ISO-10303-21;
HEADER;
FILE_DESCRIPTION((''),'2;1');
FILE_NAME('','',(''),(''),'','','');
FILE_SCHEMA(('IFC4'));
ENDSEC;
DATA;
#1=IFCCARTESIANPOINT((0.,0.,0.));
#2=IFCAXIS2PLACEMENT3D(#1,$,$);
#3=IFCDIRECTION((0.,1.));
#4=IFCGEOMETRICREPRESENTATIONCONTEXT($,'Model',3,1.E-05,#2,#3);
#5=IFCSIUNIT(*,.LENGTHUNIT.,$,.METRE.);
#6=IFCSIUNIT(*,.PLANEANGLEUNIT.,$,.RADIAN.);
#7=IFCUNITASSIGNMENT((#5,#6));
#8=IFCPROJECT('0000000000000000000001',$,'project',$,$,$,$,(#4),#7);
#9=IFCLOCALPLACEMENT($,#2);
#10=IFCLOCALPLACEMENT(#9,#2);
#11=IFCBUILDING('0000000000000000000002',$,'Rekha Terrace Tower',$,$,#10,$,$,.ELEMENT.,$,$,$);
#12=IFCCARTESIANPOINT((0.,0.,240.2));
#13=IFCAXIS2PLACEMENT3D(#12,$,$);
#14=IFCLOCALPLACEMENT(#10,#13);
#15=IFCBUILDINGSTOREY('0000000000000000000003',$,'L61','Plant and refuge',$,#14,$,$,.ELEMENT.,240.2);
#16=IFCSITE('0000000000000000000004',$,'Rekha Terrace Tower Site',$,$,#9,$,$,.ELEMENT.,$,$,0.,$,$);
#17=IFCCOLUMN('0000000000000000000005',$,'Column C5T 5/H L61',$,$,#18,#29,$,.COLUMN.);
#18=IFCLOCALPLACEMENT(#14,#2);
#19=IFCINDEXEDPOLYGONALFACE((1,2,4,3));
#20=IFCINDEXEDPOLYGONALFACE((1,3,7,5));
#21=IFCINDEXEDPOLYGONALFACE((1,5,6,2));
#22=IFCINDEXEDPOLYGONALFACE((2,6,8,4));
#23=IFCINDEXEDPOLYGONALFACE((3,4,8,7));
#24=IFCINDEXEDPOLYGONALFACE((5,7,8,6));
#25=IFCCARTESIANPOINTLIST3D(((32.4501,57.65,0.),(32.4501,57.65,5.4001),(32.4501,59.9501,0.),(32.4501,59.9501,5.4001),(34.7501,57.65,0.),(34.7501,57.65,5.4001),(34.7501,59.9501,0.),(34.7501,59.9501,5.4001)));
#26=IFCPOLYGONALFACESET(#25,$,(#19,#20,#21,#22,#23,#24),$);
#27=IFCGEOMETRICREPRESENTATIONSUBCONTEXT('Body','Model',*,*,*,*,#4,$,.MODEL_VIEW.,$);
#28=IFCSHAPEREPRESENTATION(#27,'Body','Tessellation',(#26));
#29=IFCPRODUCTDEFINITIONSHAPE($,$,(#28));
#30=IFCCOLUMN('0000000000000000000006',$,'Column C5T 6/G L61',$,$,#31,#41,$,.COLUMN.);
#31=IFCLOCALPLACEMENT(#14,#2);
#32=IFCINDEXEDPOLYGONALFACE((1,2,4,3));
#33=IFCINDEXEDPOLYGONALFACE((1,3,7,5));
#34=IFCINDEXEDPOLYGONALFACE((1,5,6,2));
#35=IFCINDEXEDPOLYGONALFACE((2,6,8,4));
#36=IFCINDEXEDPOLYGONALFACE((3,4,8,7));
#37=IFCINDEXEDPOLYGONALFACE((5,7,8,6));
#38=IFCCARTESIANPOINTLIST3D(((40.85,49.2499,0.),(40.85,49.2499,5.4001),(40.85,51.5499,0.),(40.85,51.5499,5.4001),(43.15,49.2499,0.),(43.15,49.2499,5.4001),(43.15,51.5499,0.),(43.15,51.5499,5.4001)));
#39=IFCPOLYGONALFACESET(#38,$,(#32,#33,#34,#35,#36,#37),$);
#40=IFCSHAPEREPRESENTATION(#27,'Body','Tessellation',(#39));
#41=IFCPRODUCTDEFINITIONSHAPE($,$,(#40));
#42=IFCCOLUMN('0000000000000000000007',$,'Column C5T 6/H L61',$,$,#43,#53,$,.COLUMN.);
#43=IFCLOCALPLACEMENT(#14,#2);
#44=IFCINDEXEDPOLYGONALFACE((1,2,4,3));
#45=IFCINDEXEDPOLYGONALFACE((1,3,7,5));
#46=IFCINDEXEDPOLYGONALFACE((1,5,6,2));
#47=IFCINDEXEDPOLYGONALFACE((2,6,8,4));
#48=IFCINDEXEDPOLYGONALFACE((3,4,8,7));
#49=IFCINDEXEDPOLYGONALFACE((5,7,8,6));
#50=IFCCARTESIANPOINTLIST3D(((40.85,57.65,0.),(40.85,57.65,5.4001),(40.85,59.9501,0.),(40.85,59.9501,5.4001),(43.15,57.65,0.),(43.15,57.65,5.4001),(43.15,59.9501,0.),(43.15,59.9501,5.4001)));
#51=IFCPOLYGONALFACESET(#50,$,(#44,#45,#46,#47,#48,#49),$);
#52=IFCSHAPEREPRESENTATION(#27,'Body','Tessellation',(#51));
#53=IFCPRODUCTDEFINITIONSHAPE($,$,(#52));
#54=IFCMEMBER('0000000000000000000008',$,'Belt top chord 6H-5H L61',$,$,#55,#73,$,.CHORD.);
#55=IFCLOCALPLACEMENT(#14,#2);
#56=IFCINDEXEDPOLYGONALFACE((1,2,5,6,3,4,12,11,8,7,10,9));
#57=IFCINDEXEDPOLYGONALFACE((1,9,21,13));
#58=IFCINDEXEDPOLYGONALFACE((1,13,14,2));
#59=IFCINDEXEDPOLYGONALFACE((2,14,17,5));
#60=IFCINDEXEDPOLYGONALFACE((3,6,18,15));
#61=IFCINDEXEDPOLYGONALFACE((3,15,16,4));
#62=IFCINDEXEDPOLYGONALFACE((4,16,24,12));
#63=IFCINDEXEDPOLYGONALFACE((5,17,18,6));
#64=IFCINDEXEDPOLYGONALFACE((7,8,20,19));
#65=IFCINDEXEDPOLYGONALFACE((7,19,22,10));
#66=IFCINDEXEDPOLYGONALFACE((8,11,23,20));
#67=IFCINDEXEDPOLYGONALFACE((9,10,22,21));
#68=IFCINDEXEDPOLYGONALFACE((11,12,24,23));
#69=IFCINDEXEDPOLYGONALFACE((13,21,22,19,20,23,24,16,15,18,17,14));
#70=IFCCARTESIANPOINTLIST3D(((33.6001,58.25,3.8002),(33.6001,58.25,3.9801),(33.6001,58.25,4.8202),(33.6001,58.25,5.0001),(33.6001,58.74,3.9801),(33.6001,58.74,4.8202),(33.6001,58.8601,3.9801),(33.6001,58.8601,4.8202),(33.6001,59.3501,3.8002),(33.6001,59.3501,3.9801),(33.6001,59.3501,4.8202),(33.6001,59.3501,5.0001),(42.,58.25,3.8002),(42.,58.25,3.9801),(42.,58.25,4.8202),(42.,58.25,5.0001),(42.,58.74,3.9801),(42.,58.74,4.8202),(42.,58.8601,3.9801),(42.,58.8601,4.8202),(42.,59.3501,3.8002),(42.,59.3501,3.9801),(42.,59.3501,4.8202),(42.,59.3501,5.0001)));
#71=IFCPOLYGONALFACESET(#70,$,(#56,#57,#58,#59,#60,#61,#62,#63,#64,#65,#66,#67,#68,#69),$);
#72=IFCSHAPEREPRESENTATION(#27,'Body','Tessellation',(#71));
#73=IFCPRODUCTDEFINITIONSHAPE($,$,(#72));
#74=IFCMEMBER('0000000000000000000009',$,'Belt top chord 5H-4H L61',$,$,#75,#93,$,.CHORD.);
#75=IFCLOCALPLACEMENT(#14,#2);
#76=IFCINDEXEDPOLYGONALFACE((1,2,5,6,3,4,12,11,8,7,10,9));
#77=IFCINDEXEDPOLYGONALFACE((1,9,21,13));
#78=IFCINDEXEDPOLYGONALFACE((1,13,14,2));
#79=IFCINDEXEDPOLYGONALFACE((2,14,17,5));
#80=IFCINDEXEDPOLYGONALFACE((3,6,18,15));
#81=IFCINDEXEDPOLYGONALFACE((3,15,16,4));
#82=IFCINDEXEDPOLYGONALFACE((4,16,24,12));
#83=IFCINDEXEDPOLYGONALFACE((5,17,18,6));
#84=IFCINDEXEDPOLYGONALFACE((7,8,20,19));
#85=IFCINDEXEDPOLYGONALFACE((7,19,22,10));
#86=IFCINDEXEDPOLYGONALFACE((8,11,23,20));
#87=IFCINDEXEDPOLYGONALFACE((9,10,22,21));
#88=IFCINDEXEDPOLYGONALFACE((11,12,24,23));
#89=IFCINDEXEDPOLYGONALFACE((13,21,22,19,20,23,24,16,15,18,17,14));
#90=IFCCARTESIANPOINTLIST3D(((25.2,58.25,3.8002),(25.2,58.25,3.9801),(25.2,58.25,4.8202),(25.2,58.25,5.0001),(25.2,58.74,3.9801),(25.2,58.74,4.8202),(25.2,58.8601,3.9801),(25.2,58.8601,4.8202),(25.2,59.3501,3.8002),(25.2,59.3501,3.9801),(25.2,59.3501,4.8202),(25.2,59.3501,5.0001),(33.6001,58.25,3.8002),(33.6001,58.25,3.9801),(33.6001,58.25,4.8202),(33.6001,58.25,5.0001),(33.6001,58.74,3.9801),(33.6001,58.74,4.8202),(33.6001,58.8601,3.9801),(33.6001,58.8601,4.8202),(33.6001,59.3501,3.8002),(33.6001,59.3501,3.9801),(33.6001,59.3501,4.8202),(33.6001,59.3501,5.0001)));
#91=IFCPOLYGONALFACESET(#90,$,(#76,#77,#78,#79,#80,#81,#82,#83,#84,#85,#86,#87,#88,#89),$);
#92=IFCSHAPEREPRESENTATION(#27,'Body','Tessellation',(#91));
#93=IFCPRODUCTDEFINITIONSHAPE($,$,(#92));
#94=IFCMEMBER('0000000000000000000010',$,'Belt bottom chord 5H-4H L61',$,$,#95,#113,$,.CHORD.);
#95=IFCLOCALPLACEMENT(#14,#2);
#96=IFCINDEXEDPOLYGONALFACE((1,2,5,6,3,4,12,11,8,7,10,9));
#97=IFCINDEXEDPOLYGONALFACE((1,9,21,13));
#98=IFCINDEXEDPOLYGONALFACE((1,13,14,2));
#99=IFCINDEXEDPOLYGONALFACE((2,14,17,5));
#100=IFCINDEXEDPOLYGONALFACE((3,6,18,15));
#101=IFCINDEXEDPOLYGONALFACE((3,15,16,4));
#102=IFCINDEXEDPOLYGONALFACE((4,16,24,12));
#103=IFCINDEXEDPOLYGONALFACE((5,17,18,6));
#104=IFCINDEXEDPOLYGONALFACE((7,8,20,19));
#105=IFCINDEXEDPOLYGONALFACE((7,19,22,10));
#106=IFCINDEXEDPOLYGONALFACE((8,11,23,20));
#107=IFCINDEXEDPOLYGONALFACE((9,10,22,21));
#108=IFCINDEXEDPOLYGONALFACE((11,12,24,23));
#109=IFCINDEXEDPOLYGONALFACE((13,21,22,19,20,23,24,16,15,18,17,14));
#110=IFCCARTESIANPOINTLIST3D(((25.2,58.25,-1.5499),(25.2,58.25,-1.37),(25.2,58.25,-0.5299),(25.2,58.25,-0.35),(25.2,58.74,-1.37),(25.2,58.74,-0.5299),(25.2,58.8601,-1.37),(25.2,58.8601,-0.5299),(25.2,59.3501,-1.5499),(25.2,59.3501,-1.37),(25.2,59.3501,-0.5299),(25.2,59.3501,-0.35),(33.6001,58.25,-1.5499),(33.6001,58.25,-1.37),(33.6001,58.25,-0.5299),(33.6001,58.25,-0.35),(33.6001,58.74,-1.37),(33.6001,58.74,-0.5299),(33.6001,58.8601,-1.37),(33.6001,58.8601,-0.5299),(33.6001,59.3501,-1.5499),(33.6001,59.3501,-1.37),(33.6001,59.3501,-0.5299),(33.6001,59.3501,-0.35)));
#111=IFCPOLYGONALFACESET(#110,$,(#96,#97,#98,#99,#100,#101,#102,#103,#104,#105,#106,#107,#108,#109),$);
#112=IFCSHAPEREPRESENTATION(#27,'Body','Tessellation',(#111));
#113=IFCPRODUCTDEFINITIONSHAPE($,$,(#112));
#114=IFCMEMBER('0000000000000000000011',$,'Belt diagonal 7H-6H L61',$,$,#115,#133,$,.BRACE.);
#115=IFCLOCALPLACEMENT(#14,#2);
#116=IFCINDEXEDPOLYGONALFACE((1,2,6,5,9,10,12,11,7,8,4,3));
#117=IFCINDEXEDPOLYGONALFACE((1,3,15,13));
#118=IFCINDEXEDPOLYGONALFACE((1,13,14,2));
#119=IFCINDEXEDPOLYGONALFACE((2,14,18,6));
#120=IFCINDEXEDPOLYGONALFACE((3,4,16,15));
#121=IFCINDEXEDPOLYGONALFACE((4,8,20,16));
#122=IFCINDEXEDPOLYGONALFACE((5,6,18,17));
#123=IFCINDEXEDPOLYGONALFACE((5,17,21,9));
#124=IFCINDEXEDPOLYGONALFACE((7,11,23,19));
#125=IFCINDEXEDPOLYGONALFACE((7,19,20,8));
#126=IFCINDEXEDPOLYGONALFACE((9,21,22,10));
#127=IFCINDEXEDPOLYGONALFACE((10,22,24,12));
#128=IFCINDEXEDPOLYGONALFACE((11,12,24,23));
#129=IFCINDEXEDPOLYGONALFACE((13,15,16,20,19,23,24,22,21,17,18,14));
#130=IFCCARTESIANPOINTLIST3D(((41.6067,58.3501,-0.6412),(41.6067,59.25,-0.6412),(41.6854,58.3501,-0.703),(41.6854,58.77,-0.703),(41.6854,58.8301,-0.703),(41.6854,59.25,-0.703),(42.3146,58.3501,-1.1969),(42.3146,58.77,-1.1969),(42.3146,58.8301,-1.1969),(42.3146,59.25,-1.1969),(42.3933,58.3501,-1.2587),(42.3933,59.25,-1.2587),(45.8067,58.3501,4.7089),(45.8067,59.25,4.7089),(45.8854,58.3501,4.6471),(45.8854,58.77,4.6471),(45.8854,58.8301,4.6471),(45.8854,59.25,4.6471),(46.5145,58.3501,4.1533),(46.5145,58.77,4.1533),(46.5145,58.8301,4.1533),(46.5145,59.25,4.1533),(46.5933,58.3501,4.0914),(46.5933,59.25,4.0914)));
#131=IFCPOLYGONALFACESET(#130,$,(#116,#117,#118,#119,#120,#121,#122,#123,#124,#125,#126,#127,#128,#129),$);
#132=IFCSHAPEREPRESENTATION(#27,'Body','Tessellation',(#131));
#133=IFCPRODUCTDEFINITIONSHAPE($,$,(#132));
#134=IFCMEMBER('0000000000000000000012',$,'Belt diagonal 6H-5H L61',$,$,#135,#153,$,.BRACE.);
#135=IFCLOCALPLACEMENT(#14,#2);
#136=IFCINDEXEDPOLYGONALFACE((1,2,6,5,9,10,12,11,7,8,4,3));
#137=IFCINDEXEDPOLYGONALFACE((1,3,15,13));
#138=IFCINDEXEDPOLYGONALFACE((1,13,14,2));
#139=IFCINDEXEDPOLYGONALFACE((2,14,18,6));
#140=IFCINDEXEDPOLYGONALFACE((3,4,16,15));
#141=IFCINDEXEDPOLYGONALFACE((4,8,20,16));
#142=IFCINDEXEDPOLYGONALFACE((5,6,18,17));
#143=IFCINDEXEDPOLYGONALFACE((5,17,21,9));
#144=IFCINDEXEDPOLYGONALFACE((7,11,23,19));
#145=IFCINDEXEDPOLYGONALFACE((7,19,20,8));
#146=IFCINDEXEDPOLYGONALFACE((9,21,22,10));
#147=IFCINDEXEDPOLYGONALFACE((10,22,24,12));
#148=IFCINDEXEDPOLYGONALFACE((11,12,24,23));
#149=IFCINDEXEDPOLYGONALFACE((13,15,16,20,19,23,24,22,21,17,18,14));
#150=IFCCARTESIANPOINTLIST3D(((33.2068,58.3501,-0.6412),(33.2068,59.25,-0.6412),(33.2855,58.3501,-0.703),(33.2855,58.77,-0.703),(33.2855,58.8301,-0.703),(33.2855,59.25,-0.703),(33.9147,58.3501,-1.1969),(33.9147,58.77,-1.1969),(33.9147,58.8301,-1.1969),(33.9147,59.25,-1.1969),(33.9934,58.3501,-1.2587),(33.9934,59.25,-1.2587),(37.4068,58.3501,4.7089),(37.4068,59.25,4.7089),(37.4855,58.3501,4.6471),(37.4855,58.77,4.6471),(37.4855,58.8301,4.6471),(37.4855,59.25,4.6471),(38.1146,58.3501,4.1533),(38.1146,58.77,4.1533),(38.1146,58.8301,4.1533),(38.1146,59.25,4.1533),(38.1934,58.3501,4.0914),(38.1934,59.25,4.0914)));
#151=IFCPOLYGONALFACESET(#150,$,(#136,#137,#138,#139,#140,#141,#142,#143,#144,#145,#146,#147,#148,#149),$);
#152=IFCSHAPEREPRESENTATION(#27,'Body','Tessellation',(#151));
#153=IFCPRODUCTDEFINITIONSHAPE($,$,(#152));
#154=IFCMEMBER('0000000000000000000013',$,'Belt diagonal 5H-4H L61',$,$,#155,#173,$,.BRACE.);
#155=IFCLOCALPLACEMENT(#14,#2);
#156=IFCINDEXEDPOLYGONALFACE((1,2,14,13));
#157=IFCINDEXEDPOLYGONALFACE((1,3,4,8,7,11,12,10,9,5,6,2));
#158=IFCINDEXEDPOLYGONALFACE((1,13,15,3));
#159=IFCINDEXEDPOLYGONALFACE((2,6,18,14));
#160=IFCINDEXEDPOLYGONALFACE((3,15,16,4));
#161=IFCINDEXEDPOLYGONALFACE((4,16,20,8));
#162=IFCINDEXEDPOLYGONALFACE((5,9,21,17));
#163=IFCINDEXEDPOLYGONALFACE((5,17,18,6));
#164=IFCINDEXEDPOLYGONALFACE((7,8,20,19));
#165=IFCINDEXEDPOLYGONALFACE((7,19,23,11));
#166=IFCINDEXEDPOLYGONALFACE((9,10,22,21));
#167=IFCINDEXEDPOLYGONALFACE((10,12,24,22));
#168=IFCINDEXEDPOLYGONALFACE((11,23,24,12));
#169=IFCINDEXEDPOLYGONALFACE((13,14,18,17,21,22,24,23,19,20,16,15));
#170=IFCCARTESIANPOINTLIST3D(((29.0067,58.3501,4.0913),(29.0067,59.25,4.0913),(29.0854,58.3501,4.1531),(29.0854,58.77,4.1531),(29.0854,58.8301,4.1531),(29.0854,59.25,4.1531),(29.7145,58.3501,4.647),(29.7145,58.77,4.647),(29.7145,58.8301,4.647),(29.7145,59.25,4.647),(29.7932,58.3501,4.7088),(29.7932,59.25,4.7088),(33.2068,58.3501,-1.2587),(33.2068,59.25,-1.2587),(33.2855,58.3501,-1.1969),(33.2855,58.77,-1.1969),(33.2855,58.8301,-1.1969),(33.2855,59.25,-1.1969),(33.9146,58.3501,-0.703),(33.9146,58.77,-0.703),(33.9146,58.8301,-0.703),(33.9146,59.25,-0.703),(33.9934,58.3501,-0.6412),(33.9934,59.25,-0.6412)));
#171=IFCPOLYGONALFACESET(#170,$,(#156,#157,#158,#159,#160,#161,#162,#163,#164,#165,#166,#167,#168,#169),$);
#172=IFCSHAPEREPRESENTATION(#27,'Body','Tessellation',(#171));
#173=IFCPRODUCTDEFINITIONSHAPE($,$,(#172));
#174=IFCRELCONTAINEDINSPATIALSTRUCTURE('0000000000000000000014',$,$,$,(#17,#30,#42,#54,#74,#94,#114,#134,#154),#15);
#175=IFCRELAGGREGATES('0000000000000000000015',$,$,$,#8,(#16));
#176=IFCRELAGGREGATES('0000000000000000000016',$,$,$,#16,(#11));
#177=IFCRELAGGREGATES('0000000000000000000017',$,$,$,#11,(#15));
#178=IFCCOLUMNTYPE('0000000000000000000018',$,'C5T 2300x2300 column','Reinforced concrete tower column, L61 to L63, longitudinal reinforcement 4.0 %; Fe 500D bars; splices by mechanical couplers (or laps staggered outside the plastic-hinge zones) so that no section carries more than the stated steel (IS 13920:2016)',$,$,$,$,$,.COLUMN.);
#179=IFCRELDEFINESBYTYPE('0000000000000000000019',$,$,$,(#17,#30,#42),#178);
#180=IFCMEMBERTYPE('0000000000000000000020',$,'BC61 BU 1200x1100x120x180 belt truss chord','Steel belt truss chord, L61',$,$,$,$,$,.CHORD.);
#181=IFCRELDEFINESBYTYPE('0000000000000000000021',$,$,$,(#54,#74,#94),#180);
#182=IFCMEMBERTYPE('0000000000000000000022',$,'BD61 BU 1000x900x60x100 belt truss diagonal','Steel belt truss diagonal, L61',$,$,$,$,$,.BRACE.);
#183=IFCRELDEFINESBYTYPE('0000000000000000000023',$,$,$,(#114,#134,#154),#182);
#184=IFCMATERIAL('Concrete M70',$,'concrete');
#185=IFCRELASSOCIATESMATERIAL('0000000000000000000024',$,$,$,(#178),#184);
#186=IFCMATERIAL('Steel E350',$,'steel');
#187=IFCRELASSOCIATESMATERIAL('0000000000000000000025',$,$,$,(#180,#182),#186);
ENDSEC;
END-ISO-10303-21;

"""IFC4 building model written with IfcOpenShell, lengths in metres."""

from ifc_helpers import new_model, si_unit, direction, frame, origin, origin_2d, place, context, subcontext, project, spatial, rectangle, i_section, extrude, material, material_profile, profile_set, type_object, element, save


model = new_model("IFC4")

# Units and contexts
model_context = context("Model", 3, precision=1e-05, world=origin(), true_north=direction((0.0, 1.0)))
body_context = subcontext(model_context, "Body", "Model", "MODEL_VIEW")
ifc_project = project(units=[si_unit("LENGTHUNIT", "METRE"), si_unit("PLANEANGLEUNIT", "RADIAN")], contexts=[model_context])

# Site, building, storey
site_placement = place(None, origin())
site = spatial("IfcSite", under=ifc_project, at=site_placement, Name="Rekha Terrace Tower Site", CompositionType="ELEMENT", RefElevation=0.0)
building_placement = place(site_placement, origin())
building = spatial("IfcBuilding", under=site, at=building_placement, Name="Rekha Terrace Tower", CompositionType="ELEMENT")
storey_placement = place(building_placement, frame((0.0, 0.0, 240.2)))
storey = spatial("IfcBuildingStorey", under=building, at=storey_placement, Name="L61", Description="Plant and refuge", CompositionType="ELEMENT", Elevation=240.2)

# Columns
ifc_material_1 = material(Name="Concrete M70", Category="concrete")
ifc_material_profile_1 = material_profile(ifc_material_1, rectangle(XDim=2.3, YDim=2.3, at=origin_2d()), Name="RC 2300x2300")
ifc_profile_set_1 = profile_set([ifc_material_profile_1], Name="Concrete M70")
column_type = type_object("IfcColumnType", Name="C5T 2300x2300 column", Description="Reinforced concrete tower column, L61 to L63, longitudinal reinforcement 4.0 %; Fe 500D bars; splices by mechanical couplers (or laps staggered outside the plastic-hinge zones) so that no section carries more than the stated steel (IS 13920:2016)", PredefinedType="COLUMN", material=ifc_profile_set_1)
for number, where, z_axis, x_axis, name in (
    (1, (33.6001, 58.8, 0.0), (0.0, 0.0, 1.0), (1.0, 0.0, 0.0), "Column C5T 5/H L61"),
    (2, (42.0, 50.3999, 0.0), (0.0, 0.0, 1.0), (1.0, 0.0, 0.0), "Column C5T 6/G L61"),
    (3, (42.0, 58.8, 0.0), (0.0, 0.0, 1.0), (1.0, 0.0, 0.0), "Column C5T 6/H L61"),
):
    element("IfcColumn", number, at=place(storey_placement, frame(where, z_axis=z_axis, x_axis=x_axis)), inside=storey, type_object=column_type, Name=name, PredefinedType="COLUMN", context=body_context, shape_type="SweptSolid", body=[
        extrude(rectangle(XDim=2.3, YDim=2.3, at=origin_2d()), origin(), (0.0, 0.0, 1.0), 5.4001),
    ])

# Members
ifc_material_2 = material(Name="Steel E350", Category="steel")
ifc_material_profile_2 = material_profile(ifc_material_2, i_section(OverallWidth=1.1001, OverallDepth=1.2, WebThickness=0.1201, FlangeThickness=0.1799, at=origin_2d()), Name="BU 1200x1100x120x180")
ifc_profile_set_2 = profile_set([ifc_material_profile_2], Name="Steel E350")
member_type_1 = type_object("IfcMemberType", Name="BC61 BU 1200x1100x120x180 belt truss chord", Description="Steel belt truss chord, L61", PredefinedType="CHORD", material=ifc_profile_set_2)
member_1_placement = place(storey_placement, frame((42.0, 58.8, 4.4001), z_axis=(-1.0, 0.0, 0.0), x_axis=(0.0, -1.0, 0.0)))
element("IfcMember", 4, at=member_1_placement, inside=storey, type_object=member_type_1, Name="Belt top chord 6H-5H L61", PredefinedType="CHORD", context=body_context, shape_type="SweptSolid", body=[
    extrude(i_section(OverallWidth=1.1001, OverallDepth=1.2, WebThickness=0.1201, FlangeThickness=0.1799, at=origin_2d()), origin(), (0.0, 0.0, 1.0), 8.3999),
])
for number, where, z_axis, x_axis, name in (
    (5, (33.6001, 58.8, 4.4001), (-1.0, 0.0, 0.0), (0.0, -1.0, 0.0), "Belt top chord 5H-4H L61"),
    (6, (33.6001, 58.8, -0.95), (-1.0, 0.0, 0.0), (0.0, -1.0, 0.0), "Belt bottom chord 5H-4H L61"),
):
    element("IfcMember", number, at=place(storey_placement, frame(where, z_axis=z_axis, x_axis=x_axis)), inside=storey, type_object=member_type_1, Name=name, PredefinedType="CHORD", context=body_context, shape_type="SweptSolid", body=[
        extrude(i_section(OverallWidth=1.1001, OverallDepth=1.2, WebThickness=0.1201, FlangeThickness=0.1799, at=origin_2d()), origin(), (0.0, 0.0, 1.0), 8.4001),
    ])
ifc_material_profile_3 = material_profile(ifc_material_2, i_section(OverallWidth=0.8999, OverallDepth=1.0, WebThickness=0.0601, FlangeThickness=0.1001, at=origin_2d()), Name="BU 1000x900x60x100")
ifc_profile_set_3 = profile_set([ifc_material_profile_3], Name="Steel E350")
member_type_2 = type_object("IfcMemberType", Name="BD61 BU 1000x900x60x100 belt truss diagonal", Description="Steel belt truss diagonal, L61", PredefinedType="BRACE", material=ifc_profile_set_3)
for number, where, z_axis, x_axis, name in (
    (7, (42.0, 58.8, -0.95), (0.617485, 0.0, 0.786582), (0.0, 1.0, 0.0), "Belt diagonal 7H-6H L61"),
    (8, (33.6001, 58.8, -0.95), (0.617485, 0.0, 0.786582), (0.0, 1.0, 0.0), "Belt diagonal 6H-5H L61"),
    (9, (33.6001, 58.8, -0.95), (-0.617508, 0.0, 0.786565), (0.0, -1.0, 0.0), "Belt diagonal 5H-4H L61"),
):
    element("IfcMember", number, at=place(storey_placement, frame(where, z_axis=z_axis, x_axis=x_axis)), inside=storey, type_object=member_type_2, Name=name, PredefinedType="BRACE", context=body_context, shape_type="SweptSolid", body=[
        extrude(i_section(OverallWidth=0.8999, OverallDepth=1.0, WebThickness=0.0601, FlangeThickness=0.1001, at=origin_2d()), origin(), (0.0, 0.0, 1.0), 6.8018),
    ])

save(model, "model.ifc")
